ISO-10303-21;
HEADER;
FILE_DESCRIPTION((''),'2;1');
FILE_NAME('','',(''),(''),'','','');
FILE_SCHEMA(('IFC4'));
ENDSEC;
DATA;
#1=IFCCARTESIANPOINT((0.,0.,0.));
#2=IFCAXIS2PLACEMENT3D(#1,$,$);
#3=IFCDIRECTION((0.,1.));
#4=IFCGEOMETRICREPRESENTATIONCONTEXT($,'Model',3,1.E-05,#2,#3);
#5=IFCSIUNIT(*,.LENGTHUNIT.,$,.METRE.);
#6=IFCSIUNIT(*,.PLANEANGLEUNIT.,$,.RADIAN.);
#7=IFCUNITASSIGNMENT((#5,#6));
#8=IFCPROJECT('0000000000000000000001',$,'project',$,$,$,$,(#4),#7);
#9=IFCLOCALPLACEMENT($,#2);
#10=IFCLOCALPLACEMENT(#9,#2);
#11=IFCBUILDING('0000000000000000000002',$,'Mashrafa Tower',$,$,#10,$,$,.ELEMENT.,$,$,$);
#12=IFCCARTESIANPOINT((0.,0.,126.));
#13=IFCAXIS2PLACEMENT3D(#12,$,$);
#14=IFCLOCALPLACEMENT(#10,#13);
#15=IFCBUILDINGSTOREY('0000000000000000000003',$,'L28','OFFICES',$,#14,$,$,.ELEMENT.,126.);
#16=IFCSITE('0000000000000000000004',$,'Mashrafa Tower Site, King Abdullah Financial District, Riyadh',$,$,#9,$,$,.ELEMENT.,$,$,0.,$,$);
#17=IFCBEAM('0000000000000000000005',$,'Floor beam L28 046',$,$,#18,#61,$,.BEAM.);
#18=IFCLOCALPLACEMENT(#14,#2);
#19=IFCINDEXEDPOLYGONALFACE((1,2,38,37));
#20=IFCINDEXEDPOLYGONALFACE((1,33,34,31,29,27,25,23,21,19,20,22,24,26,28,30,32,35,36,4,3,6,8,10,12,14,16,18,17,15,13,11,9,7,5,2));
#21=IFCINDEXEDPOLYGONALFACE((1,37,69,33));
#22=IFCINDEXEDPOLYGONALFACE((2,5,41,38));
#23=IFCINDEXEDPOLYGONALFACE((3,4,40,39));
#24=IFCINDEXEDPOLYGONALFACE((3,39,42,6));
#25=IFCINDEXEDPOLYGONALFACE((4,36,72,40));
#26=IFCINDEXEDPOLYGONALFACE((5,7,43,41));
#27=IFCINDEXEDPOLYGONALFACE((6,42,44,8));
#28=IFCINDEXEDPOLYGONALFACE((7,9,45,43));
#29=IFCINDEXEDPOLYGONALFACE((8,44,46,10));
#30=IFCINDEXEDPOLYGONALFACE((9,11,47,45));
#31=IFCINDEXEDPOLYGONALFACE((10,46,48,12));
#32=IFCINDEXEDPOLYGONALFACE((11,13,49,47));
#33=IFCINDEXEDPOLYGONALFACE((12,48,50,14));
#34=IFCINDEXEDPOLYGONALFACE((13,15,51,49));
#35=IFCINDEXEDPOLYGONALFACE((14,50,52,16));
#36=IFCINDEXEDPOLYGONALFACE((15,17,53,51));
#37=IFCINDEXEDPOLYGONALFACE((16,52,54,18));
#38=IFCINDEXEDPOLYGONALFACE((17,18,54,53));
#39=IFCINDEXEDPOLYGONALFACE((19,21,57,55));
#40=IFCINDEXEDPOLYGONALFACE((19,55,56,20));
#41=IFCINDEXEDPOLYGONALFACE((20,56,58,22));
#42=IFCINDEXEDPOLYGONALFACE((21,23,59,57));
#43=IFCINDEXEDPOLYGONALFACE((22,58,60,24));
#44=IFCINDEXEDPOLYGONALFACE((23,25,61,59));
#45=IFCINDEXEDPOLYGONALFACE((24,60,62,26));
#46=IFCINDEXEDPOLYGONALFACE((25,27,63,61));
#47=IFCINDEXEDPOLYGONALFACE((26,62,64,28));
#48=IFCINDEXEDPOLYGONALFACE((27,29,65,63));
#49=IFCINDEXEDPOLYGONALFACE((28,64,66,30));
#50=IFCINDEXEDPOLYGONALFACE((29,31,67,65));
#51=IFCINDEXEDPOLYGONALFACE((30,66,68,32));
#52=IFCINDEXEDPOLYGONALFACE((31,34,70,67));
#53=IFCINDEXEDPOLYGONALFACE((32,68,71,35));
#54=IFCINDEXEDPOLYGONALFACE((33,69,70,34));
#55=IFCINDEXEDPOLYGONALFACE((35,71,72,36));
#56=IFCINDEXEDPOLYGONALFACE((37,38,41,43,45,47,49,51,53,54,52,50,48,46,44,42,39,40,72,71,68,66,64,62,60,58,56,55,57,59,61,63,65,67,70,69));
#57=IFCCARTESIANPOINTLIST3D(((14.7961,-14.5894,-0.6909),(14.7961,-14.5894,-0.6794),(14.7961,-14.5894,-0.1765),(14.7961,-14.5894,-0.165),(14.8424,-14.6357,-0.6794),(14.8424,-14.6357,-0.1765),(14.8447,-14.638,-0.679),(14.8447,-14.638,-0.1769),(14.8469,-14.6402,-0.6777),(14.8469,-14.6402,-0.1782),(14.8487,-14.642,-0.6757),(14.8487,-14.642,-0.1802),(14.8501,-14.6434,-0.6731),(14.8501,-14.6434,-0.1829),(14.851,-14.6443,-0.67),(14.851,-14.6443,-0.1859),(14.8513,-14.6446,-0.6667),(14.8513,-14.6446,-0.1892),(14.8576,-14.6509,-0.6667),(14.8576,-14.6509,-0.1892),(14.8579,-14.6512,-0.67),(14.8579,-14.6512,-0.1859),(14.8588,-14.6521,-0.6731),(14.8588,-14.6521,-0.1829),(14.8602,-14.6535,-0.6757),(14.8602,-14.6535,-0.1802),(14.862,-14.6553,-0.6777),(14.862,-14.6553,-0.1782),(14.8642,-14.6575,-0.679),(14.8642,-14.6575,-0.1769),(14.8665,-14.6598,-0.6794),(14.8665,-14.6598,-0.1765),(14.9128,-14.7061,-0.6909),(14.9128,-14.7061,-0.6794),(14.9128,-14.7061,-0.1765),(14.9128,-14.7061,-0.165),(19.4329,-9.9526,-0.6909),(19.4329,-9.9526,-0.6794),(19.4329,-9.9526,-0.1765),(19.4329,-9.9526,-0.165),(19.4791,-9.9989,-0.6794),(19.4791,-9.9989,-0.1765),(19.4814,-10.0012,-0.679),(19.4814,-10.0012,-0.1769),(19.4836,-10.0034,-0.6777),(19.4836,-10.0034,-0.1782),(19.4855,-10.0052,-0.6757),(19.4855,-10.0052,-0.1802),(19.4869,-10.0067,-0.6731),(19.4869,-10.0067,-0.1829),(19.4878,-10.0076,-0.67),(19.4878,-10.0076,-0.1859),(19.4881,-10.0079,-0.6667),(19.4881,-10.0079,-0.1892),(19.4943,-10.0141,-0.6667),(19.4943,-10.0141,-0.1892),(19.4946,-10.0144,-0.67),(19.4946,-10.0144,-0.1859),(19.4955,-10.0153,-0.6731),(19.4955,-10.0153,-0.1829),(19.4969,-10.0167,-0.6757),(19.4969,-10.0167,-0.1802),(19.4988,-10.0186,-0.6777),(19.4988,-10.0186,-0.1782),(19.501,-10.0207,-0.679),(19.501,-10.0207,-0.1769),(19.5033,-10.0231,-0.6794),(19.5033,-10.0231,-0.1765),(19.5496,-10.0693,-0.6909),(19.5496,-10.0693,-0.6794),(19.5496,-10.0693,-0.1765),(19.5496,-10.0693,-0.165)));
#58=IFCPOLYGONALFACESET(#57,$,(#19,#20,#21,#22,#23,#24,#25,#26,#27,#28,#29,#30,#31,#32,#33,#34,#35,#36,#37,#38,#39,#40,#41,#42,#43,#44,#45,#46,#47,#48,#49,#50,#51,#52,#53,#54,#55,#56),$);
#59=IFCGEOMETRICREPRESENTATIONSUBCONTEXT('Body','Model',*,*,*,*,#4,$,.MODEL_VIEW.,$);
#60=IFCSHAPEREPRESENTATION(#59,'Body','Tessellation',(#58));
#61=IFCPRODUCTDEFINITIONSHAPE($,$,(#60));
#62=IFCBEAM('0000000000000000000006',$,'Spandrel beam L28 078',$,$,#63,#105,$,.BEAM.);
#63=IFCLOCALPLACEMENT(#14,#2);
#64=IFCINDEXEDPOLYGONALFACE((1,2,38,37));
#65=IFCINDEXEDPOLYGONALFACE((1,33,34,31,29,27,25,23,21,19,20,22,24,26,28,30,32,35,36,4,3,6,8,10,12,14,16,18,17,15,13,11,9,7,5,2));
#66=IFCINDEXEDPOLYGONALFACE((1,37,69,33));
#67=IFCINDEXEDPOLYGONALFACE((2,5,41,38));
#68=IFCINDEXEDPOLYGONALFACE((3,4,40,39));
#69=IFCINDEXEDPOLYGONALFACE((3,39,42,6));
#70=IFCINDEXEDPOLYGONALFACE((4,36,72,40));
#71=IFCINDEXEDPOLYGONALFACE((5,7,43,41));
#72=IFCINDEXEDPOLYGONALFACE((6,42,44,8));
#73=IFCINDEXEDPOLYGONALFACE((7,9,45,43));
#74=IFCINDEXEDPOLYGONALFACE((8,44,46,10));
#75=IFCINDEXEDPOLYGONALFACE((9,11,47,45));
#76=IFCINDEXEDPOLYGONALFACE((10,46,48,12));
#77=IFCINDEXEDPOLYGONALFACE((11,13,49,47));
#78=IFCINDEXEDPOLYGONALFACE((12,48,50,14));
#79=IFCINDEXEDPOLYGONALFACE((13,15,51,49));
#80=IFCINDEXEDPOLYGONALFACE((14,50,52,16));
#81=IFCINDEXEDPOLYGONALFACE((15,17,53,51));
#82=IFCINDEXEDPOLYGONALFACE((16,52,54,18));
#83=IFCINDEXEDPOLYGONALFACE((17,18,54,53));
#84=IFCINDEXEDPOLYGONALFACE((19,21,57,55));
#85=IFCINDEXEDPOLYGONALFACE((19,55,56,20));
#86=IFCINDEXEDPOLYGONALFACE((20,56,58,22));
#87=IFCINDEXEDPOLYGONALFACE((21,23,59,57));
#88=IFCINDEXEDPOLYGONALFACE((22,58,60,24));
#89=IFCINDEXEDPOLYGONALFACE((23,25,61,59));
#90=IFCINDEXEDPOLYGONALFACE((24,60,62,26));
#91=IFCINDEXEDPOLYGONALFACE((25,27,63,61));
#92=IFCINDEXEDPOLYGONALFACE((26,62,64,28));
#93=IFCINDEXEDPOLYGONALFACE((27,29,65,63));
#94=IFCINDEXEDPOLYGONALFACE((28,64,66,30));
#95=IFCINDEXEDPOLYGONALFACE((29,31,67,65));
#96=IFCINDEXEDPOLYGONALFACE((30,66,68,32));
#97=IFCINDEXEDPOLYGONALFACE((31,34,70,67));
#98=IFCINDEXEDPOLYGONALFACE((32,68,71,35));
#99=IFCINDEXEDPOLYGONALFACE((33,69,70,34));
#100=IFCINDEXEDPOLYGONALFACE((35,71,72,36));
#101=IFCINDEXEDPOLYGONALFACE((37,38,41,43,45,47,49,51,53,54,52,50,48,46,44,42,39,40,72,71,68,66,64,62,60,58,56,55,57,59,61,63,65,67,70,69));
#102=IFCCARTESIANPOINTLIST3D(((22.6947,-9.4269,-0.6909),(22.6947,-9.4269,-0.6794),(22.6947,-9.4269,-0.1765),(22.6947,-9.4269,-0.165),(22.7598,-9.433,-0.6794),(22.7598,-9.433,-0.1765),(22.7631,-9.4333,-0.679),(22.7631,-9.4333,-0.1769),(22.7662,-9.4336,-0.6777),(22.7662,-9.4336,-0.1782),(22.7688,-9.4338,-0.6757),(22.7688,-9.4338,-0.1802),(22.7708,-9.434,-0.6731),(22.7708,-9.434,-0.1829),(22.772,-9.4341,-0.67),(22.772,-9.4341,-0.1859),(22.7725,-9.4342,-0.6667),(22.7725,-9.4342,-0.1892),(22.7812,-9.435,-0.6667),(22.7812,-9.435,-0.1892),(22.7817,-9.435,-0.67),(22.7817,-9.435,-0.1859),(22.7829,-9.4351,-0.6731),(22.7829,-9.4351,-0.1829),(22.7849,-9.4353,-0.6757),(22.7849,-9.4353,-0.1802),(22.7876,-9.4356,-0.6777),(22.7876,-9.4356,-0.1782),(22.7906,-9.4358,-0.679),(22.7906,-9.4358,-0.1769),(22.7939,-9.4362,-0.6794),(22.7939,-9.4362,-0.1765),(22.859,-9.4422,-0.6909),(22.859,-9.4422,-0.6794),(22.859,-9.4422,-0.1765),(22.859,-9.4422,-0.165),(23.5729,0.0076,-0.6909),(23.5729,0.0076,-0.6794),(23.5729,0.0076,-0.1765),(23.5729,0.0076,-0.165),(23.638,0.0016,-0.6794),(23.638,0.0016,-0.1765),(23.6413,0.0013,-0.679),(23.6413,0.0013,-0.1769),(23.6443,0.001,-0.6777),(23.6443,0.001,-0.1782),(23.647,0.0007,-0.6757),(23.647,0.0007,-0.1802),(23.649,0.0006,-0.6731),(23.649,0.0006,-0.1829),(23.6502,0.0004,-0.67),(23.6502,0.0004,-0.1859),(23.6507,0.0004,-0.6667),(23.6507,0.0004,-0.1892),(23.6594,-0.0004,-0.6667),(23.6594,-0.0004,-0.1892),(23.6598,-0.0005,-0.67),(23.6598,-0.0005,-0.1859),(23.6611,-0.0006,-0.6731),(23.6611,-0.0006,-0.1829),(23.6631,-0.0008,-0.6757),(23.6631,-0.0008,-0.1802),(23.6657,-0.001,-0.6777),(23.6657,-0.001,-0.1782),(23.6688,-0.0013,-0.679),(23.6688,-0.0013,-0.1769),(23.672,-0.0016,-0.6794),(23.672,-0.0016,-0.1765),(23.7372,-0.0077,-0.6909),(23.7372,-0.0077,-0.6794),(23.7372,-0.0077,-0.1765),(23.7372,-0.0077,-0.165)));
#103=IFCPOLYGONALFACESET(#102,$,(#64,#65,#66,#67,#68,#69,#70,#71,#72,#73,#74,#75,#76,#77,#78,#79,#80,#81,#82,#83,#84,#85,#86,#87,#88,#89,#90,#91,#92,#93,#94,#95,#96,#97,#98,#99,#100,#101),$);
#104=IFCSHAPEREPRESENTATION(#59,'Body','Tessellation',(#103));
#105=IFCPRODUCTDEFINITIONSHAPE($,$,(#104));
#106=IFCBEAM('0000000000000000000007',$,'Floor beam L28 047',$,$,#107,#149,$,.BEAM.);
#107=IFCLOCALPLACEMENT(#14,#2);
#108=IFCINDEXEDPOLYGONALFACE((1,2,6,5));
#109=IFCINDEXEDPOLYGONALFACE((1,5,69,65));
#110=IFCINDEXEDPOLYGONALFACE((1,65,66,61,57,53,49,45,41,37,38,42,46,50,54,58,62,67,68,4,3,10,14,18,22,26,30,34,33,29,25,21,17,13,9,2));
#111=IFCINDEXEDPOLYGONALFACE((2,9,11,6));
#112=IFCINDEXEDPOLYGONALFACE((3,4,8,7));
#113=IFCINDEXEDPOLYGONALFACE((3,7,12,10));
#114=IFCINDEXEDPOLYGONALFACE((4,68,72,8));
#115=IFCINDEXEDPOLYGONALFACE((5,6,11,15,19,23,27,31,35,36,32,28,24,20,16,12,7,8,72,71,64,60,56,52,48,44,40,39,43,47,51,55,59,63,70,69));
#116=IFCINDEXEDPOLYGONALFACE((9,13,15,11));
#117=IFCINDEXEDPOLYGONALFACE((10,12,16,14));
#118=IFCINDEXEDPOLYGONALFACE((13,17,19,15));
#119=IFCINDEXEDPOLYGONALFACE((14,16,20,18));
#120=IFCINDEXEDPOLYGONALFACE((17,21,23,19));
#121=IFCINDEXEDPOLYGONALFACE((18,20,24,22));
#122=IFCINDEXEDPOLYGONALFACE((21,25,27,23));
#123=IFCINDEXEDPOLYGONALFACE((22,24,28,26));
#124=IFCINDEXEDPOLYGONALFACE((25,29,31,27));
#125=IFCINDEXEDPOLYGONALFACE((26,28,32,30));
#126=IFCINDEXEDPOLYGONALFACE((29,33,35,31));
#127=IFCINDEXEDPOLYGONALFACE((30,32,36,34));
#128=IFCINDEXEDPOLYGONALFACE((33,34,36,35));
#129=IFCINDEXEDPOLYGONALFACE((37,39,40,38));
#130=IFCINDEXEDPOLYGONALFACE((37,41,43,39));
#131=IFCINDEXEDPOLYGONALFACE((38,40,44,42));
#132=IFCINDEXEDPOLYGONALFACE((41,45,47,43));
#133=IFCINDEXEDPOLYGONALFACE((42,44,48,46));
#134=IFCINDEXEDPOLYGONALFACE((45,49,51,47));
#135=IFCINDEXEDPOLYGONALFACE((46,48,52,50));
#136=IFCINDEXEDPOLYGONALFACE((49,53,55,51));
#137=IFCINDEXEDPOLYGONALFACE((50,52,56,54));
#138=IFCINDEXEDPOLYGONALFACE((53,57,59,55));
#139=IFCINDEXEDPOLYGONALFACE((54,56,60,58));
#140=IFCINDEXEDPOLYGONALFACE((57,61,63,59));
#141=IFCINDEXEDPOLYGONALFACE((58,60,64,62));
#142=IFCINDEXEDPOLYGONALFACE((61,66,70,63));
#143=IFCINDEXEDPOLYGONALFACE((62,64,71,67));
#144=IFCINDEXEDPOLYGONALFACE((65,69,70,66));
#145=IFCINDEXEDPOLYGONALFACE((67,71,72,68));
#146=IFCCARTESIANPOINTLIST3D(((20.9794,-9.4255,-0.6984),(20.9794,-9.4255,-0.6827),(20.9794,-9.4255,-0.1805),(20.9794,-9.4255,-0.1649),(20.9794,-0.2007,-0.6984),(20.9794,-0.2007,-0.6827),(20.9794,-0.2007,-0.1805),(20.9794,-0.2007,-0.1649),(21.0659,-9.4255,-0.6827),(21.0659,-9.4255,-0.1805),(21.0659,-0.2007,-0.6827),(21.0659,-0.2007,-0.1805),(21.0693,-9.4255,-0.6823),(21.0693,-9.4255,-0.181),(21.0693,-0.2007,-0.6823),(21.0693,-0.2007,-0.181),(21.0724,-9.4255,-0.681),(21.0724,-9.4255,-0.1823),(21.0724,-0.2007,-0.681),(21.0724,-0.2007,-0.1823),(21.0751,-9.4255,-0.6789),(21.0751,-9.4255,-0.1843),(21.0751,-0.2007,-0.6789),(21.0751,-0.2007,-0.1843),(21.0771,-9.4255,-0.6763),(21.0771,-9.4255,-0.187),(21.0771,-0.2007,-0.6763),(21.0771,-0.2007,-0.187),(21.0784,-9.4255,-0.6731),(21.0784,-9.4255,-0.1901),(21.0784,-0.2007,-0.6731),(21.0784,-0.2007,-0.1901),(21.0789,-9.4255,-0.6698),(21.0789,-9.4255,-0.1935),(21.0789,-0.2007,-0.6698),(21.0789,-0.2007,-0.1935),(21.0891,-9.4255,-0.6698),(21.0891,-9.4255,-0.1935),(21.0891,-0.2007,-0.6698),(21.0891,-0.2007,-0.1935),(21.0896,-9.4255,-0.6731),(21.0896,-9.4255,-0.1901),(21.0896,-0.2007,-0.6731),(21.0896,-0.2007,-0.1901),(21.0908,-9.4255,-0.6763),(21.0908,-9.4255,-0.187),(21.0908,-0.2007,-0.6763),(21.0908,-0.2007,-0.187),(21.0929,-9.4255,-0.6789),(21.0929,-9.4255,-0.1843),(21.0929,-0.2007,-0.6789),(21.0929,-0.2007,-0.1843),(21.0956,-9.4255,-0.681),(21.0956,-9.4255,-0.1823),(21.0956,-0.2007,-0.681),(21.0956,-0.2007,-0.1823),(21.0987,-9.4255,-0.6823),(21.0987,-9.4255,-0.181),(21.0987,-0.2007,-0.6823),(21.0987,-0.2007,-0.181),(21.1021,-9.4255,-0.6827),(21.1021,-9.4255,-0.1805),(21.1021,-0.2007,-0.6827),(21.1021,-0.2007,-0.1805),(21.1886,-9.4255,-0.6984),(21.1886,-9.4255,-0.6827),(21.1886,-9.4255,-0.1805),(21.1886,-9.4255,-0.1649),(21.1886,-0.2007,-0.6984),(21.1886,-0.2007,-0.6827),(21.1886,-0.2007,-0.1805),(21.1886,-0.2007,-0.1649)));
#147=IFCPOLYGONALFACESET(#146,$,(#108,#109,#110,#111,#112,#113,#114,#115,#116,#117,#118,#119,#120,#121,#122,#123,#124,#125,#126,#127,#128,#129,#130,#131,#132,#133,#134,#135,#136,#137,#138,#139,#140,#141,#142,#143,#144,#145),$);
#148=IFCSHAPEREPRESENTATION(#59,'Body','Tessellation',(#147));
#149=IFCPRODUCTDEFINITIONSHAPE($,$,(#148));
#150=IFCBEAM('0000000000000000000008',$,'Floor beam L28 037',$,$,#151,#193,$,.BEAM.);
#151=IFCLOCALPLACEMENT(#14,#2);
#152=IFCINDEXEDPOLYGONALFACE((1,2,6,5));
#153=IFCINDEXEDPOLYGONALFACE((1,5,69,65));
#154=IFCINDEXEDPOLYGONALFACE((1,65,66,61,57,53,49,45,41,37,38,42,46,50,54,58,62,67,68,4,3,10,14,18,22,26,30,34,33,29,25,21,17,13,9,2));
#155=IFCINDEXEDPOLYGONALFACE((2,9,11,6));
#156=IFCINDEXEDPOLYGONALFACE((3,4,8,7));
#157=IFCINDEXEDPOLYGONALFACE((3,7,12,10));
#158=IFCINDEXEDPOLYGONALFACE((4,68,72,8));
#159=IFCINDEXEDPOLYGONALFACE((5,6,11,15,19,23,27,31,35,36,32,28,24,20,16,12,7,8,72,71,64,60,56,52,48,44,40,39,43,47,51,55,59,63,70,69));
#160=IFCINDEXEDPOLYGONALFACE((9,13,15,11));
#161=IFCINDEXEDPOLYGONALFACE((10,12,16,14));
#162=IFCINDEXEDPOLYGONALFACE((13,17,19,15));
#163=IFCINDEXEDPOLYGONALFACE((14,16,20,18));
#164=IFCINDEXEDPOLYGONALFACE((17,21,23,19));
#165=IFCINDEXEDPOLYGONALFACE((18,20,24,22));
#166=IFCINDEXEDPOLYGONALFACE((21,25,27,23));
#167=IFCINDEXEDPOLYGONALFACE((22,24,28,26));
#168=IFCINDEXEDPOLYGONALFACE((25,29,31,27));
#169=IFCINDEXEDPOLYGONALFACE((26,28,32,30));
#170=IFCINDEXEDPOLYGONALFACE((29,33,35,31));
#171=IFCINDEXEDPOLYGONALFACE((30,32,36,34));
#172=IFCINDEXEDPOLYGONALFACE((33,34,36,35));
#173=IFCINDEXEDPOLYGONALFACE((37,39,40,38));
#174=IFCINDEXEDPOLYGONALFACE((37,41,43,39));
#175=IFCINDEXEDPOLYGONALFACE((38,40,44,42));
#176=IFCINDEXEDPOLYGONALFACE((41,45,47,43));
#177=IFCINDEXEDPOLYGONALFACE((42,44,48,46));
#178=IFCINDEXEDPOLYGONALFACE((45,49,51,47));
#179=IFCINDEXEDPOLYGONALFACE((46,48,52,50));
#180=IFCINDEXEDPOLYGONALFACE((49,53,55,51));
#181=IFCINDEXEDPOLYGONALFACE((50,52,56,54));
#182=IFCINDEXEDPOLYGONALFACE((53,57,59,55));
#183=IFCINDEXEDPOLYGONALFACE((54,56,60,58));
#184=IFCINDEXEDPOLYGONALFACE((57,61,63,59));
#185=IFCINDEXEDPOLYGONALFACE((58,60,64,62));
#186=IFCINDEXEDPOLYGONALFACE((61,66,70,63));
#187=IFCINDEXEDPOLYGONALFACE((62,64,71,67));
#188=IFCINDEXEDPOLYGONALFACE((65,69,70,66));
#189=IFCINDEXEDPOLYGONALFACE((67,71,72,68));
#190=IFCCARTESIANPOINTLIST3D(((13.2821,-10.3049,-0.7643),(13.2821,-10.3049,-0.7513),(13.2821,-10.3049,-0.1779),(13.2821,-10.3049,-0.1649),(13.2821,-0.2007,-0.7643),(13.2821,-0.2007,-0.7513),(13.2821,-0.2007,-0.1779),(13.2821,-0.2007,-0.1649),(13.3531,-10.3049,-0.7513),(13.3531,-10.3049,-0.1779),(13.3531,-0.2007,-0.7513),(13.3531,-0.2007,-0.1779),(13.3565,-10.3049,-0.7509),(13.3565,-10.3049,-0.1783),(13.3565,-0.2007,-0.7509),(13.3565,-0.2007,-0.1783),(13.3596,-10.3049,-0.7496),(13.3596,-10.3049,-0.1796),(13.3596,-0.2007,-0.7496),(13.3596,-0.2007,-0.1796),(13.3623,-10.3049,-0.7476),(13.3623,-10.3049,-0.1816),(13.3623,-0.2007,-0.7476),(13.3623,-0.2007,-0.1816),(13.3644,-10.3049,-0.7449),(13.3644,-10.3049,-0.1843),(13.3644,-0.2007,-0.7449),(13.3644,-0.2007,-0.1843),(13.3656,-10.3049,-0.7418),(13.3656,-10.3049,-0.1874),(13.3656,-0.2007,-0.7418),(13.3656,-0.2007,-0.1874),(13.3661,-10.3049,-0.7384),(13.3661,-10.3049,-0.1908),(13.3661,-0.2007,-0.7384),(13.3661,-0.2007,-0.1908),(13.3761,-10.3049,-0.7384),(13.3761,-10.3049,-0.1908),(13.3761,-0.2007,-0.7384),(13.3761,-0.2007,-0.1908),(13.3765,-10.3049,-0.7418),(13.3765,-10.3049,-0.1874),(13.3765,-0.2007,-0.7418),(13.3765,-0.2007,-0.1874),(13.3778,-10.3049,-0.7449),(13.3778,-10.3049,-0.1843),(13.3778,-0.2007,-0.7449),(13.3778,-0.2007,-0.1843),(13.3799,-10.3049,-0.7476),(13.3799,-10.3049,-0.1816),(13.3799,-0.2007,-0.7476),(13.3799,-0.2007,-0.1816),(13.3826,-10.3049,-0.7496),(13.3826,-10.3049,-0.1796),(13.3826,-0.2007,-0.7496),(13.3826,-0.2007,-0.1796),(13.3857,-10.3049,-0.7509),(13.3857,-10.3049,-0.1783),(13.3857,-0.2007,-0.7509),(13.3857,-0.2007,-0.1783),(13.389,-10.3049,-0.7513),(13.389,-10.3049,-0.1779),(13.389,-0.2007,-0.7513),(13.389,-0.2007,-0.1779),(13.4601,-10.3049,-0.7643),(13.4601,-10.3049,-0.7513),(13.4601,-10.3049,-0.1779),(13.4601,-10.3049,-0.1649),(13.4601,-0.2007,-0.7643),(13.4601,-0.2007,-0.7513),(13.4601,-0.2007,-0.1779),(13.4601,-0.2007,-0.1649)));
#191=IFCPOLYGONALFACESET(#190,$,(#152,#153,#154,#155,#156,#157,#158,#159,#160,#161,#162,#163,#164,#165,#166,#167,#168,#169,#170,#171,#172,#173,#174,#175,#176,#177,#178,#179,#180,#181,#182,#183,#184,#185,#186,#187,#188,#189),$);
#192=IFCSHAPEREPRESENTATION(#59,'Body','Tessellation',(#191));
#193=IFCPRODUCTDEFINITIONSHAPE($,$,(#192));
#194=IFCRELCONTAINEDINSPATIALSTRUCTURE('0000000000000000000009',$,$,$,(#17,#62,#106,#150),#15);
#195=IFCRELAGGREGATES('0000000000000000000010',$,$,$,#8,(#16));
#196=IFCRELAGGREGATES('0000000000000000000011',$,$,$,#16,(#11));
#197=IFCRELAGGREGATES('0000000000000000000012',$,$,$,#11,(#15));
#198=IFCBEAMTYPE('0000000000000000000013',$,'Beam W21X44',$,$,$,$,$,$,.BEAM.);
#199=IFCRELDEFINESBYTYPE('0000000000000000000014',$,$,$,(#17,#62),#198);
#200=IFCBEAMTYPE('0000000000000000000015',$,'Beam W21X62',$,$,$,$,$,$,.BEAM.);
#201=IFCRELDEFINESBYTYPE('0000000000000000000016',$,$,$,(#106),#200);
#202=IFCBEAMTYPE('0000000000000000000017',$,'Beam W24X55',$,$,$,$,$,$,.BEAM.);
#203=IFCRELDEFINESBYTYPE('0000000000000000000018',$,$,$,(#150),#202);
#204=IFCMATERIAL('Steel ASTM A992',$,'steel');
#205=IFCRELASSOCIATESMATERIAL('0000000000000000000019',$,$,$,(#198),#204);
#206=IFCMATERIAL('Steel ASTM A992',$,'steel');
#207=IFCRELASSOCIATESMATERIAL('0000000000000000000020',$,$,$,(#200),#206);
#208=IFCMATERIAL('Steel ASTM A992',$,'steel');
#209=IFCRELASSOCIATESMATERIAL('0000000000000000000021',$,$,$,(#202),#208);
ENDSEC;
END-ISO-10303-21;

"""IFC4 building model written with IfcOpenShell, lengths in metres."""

from ifc_helpers import new_model, si_unit, direction, frame, origin, origin_2d, place, context, subcontext, project, spatial, i_section, extrude, material, material_profile, profile_set, type_object, element, save


model = new_model("IFC4")

# Units and contexts
model_context = context("Model", 3, precision=1e-05, world=origin(), true_north=direction((0.0, 1.0)))
body_context = subcontext(model_context, "Body", "Model", "MODEL_VIEW")
ifc_project = project(units=[si_unit("LENGTHUNIT", "METRE"), si_unit("PLANEANGLEUNIT", "RADIAN")], contexts=[model_context])

# Site, building, storey
site_placement = place(None, origin())
site = spatial("IfcSite", under=ifc_project, at=site_placement, Name="Mashrafa Tower Site, King Abdullah Financial District, Riyadh", CompositionType="ELEMENT", RefElevation=0.0)
building_placement = place(site_placement, origin())
building = spatial("IfcBuilding", under=site, at=building_placement, Name="Mashrafa Tower", CompositionType="ELEMENT")
storey_placement = place(building_placement, frame((0.0, 0.0, 126.0)))
storey = spatial("IfcBuildingStorey", under=building, at=storey_placement, Name="L28", Description="OFFICES", CompositionType="ELEMENT", Elevation=126.0)

# Beams
ifc_material_1 = material(Name="Steel ASTM A992", Category="steel")
ifc_material_profile_1 = material_profile(ifc_material_1, i_section(OverallWidth=0.165, OverallDepth=0.5259, WebThickness=0.0088, FlangeThickness=0.0115, FilletRadius=0.0127, at=origin_2d()), Name="W21X44")
ifc_profile_set_1 = profile_set([ifc_material_profile_1], Name="Steel ASTM A992")
beam_type_1 = type_object("IfcBeamType", Name="Beam W21X44", PredefinedType="BEAM", material=ifc_profile_set_1)
beam_1_placement = place(storey_placement, frame((19.4912, -10.011, -0.428), z_axis=(-0.707107, -0.707107, 0.0), x_axis=(0.707107, -0.707107, 0.0)))
element("IfcBeam", 1, at=beam_1_placement, inside=storey, type_object=beam_type_1, Name="Floor beam L28 046", PredefinedType="BEAM", context=body_context, shape_type="SweptSolid", body=[
    extrude(i_section(OverallWidth=0.165, OverallDepth=0.5259, WebThickness=0.0088, FlangeThickness=0.0115, FilletRadius=0.0127, at=origin_2d()), origin(), (0.0, 0.0, 1.0), 6.5574),
])
beam_2_placement = place(storey_placement, frame((22.7769, -9.4346, -0.428), z_axis=(0.09268, 0.995696, 0.0), x_axis=(-0.995696, 0.09268, 0.0)))
element("IfcBeam", 2, at=beam_2_placement, inside=storey, type_object=beam_type_1, Name="Spandrel beam L28 078", PredefinedType="BEAM", context=body_context, shape_type="SweptSolid", body=[
    extrude(i_section(OverallWidth=0.165, OverallDepth=0.5259, WebThickness=0.0088, FlangeThickness=0.0115, FilletRadius=0.0127, at=origin_2d()), origin(), (0.0, 0.0, 1.0), 9.4753),
])
ifc_material_2 = material(Name="Steel ASTM A992", Category="steel")
ifc_material_profile_2 = material_profile(ifc_material_2, i_section(OverallWidth=0.2092, OverallDepth=0.5334, WebThickness=0.0103, FlangeThickness=0.0156, FilletRadius=0.0129, at=origin_2d()), Name="W21X62")
ifc_profile_set_2 = profile_set([ifc_material_profile_2], Name="Steel ASTM A992")
beam_type_2 = type_object("IfcBeamType", Name="Beam W21X62", PredefinedType="BEAM", material=ifc_profile_set_2)
beam_3_placement = place(storey_placement, frame((21.084, -0.2007, -0.4316), z_axis=(0.0, -1.0, 0.0), x_axis=(1.0, 0.0, 0.0)))
element("IfcBeam", 3, at=beam_3_placement, inside=storey, type_object=beam_type_2, Name="Floor beam L28 047", PredefinedType="BEAM", context=body_context, shape_type="SweptSolid", body=[
    extrude(i_section(OverallWidth=0.2092, OverallDepth=0.5334, WebThickness=0.0103, FlangeThickness=0.0156, FilletRadius=0.0129, at=origin_2d()), origin(), (0.0, 0.0, 1.0), 9.2249),
])
ifc_material_3 = material(Name="Steel ASTM A992", Category="steel")
ifc_material_profile_3 = material_profile(ifc_material_3, i_section(OverallWidth=0.178, OverallDepth=0.5994, WebThickness=0.01, FlangeThickness=0.0129, FilletRadius=0.0129, at=origin_2d()), Name="W24X55")
ifc_profile_set_3 = profile_set([ifc_material_profile_3], Name="Steel ASTM A992")
beam_type_3 = type_object("IfcBeamType", Name="Beam W24X55", PredefinedType="BEAM", material=ifc_profile_set_3)
beam_4_placement = place(storey_placement, frame((13.3711, -0.2007, -0.4646), z_axis=(0.0, -1.0, 0.0), x_axis=(1.0, 0.0, 0.0)))
element("IfcBeam", 4, at=beam_4_placement, inside=storey, type_object=beam_type_3, Name="Floor beam L28 037", PredefinedType="BEAM", context=body_context, shape_type="SweptSolid", body=[
    extrude(i_section(OverallWidth=0.178, OverallDepth=0.5994, WebThickness=0.01, FlangeThickness=0.0129, FilletRadius=0.0129, at=origin_2d()), origin(), (0.0, 0.0, 1.0), 10.1042),
])

save(model, "model.ifc")
